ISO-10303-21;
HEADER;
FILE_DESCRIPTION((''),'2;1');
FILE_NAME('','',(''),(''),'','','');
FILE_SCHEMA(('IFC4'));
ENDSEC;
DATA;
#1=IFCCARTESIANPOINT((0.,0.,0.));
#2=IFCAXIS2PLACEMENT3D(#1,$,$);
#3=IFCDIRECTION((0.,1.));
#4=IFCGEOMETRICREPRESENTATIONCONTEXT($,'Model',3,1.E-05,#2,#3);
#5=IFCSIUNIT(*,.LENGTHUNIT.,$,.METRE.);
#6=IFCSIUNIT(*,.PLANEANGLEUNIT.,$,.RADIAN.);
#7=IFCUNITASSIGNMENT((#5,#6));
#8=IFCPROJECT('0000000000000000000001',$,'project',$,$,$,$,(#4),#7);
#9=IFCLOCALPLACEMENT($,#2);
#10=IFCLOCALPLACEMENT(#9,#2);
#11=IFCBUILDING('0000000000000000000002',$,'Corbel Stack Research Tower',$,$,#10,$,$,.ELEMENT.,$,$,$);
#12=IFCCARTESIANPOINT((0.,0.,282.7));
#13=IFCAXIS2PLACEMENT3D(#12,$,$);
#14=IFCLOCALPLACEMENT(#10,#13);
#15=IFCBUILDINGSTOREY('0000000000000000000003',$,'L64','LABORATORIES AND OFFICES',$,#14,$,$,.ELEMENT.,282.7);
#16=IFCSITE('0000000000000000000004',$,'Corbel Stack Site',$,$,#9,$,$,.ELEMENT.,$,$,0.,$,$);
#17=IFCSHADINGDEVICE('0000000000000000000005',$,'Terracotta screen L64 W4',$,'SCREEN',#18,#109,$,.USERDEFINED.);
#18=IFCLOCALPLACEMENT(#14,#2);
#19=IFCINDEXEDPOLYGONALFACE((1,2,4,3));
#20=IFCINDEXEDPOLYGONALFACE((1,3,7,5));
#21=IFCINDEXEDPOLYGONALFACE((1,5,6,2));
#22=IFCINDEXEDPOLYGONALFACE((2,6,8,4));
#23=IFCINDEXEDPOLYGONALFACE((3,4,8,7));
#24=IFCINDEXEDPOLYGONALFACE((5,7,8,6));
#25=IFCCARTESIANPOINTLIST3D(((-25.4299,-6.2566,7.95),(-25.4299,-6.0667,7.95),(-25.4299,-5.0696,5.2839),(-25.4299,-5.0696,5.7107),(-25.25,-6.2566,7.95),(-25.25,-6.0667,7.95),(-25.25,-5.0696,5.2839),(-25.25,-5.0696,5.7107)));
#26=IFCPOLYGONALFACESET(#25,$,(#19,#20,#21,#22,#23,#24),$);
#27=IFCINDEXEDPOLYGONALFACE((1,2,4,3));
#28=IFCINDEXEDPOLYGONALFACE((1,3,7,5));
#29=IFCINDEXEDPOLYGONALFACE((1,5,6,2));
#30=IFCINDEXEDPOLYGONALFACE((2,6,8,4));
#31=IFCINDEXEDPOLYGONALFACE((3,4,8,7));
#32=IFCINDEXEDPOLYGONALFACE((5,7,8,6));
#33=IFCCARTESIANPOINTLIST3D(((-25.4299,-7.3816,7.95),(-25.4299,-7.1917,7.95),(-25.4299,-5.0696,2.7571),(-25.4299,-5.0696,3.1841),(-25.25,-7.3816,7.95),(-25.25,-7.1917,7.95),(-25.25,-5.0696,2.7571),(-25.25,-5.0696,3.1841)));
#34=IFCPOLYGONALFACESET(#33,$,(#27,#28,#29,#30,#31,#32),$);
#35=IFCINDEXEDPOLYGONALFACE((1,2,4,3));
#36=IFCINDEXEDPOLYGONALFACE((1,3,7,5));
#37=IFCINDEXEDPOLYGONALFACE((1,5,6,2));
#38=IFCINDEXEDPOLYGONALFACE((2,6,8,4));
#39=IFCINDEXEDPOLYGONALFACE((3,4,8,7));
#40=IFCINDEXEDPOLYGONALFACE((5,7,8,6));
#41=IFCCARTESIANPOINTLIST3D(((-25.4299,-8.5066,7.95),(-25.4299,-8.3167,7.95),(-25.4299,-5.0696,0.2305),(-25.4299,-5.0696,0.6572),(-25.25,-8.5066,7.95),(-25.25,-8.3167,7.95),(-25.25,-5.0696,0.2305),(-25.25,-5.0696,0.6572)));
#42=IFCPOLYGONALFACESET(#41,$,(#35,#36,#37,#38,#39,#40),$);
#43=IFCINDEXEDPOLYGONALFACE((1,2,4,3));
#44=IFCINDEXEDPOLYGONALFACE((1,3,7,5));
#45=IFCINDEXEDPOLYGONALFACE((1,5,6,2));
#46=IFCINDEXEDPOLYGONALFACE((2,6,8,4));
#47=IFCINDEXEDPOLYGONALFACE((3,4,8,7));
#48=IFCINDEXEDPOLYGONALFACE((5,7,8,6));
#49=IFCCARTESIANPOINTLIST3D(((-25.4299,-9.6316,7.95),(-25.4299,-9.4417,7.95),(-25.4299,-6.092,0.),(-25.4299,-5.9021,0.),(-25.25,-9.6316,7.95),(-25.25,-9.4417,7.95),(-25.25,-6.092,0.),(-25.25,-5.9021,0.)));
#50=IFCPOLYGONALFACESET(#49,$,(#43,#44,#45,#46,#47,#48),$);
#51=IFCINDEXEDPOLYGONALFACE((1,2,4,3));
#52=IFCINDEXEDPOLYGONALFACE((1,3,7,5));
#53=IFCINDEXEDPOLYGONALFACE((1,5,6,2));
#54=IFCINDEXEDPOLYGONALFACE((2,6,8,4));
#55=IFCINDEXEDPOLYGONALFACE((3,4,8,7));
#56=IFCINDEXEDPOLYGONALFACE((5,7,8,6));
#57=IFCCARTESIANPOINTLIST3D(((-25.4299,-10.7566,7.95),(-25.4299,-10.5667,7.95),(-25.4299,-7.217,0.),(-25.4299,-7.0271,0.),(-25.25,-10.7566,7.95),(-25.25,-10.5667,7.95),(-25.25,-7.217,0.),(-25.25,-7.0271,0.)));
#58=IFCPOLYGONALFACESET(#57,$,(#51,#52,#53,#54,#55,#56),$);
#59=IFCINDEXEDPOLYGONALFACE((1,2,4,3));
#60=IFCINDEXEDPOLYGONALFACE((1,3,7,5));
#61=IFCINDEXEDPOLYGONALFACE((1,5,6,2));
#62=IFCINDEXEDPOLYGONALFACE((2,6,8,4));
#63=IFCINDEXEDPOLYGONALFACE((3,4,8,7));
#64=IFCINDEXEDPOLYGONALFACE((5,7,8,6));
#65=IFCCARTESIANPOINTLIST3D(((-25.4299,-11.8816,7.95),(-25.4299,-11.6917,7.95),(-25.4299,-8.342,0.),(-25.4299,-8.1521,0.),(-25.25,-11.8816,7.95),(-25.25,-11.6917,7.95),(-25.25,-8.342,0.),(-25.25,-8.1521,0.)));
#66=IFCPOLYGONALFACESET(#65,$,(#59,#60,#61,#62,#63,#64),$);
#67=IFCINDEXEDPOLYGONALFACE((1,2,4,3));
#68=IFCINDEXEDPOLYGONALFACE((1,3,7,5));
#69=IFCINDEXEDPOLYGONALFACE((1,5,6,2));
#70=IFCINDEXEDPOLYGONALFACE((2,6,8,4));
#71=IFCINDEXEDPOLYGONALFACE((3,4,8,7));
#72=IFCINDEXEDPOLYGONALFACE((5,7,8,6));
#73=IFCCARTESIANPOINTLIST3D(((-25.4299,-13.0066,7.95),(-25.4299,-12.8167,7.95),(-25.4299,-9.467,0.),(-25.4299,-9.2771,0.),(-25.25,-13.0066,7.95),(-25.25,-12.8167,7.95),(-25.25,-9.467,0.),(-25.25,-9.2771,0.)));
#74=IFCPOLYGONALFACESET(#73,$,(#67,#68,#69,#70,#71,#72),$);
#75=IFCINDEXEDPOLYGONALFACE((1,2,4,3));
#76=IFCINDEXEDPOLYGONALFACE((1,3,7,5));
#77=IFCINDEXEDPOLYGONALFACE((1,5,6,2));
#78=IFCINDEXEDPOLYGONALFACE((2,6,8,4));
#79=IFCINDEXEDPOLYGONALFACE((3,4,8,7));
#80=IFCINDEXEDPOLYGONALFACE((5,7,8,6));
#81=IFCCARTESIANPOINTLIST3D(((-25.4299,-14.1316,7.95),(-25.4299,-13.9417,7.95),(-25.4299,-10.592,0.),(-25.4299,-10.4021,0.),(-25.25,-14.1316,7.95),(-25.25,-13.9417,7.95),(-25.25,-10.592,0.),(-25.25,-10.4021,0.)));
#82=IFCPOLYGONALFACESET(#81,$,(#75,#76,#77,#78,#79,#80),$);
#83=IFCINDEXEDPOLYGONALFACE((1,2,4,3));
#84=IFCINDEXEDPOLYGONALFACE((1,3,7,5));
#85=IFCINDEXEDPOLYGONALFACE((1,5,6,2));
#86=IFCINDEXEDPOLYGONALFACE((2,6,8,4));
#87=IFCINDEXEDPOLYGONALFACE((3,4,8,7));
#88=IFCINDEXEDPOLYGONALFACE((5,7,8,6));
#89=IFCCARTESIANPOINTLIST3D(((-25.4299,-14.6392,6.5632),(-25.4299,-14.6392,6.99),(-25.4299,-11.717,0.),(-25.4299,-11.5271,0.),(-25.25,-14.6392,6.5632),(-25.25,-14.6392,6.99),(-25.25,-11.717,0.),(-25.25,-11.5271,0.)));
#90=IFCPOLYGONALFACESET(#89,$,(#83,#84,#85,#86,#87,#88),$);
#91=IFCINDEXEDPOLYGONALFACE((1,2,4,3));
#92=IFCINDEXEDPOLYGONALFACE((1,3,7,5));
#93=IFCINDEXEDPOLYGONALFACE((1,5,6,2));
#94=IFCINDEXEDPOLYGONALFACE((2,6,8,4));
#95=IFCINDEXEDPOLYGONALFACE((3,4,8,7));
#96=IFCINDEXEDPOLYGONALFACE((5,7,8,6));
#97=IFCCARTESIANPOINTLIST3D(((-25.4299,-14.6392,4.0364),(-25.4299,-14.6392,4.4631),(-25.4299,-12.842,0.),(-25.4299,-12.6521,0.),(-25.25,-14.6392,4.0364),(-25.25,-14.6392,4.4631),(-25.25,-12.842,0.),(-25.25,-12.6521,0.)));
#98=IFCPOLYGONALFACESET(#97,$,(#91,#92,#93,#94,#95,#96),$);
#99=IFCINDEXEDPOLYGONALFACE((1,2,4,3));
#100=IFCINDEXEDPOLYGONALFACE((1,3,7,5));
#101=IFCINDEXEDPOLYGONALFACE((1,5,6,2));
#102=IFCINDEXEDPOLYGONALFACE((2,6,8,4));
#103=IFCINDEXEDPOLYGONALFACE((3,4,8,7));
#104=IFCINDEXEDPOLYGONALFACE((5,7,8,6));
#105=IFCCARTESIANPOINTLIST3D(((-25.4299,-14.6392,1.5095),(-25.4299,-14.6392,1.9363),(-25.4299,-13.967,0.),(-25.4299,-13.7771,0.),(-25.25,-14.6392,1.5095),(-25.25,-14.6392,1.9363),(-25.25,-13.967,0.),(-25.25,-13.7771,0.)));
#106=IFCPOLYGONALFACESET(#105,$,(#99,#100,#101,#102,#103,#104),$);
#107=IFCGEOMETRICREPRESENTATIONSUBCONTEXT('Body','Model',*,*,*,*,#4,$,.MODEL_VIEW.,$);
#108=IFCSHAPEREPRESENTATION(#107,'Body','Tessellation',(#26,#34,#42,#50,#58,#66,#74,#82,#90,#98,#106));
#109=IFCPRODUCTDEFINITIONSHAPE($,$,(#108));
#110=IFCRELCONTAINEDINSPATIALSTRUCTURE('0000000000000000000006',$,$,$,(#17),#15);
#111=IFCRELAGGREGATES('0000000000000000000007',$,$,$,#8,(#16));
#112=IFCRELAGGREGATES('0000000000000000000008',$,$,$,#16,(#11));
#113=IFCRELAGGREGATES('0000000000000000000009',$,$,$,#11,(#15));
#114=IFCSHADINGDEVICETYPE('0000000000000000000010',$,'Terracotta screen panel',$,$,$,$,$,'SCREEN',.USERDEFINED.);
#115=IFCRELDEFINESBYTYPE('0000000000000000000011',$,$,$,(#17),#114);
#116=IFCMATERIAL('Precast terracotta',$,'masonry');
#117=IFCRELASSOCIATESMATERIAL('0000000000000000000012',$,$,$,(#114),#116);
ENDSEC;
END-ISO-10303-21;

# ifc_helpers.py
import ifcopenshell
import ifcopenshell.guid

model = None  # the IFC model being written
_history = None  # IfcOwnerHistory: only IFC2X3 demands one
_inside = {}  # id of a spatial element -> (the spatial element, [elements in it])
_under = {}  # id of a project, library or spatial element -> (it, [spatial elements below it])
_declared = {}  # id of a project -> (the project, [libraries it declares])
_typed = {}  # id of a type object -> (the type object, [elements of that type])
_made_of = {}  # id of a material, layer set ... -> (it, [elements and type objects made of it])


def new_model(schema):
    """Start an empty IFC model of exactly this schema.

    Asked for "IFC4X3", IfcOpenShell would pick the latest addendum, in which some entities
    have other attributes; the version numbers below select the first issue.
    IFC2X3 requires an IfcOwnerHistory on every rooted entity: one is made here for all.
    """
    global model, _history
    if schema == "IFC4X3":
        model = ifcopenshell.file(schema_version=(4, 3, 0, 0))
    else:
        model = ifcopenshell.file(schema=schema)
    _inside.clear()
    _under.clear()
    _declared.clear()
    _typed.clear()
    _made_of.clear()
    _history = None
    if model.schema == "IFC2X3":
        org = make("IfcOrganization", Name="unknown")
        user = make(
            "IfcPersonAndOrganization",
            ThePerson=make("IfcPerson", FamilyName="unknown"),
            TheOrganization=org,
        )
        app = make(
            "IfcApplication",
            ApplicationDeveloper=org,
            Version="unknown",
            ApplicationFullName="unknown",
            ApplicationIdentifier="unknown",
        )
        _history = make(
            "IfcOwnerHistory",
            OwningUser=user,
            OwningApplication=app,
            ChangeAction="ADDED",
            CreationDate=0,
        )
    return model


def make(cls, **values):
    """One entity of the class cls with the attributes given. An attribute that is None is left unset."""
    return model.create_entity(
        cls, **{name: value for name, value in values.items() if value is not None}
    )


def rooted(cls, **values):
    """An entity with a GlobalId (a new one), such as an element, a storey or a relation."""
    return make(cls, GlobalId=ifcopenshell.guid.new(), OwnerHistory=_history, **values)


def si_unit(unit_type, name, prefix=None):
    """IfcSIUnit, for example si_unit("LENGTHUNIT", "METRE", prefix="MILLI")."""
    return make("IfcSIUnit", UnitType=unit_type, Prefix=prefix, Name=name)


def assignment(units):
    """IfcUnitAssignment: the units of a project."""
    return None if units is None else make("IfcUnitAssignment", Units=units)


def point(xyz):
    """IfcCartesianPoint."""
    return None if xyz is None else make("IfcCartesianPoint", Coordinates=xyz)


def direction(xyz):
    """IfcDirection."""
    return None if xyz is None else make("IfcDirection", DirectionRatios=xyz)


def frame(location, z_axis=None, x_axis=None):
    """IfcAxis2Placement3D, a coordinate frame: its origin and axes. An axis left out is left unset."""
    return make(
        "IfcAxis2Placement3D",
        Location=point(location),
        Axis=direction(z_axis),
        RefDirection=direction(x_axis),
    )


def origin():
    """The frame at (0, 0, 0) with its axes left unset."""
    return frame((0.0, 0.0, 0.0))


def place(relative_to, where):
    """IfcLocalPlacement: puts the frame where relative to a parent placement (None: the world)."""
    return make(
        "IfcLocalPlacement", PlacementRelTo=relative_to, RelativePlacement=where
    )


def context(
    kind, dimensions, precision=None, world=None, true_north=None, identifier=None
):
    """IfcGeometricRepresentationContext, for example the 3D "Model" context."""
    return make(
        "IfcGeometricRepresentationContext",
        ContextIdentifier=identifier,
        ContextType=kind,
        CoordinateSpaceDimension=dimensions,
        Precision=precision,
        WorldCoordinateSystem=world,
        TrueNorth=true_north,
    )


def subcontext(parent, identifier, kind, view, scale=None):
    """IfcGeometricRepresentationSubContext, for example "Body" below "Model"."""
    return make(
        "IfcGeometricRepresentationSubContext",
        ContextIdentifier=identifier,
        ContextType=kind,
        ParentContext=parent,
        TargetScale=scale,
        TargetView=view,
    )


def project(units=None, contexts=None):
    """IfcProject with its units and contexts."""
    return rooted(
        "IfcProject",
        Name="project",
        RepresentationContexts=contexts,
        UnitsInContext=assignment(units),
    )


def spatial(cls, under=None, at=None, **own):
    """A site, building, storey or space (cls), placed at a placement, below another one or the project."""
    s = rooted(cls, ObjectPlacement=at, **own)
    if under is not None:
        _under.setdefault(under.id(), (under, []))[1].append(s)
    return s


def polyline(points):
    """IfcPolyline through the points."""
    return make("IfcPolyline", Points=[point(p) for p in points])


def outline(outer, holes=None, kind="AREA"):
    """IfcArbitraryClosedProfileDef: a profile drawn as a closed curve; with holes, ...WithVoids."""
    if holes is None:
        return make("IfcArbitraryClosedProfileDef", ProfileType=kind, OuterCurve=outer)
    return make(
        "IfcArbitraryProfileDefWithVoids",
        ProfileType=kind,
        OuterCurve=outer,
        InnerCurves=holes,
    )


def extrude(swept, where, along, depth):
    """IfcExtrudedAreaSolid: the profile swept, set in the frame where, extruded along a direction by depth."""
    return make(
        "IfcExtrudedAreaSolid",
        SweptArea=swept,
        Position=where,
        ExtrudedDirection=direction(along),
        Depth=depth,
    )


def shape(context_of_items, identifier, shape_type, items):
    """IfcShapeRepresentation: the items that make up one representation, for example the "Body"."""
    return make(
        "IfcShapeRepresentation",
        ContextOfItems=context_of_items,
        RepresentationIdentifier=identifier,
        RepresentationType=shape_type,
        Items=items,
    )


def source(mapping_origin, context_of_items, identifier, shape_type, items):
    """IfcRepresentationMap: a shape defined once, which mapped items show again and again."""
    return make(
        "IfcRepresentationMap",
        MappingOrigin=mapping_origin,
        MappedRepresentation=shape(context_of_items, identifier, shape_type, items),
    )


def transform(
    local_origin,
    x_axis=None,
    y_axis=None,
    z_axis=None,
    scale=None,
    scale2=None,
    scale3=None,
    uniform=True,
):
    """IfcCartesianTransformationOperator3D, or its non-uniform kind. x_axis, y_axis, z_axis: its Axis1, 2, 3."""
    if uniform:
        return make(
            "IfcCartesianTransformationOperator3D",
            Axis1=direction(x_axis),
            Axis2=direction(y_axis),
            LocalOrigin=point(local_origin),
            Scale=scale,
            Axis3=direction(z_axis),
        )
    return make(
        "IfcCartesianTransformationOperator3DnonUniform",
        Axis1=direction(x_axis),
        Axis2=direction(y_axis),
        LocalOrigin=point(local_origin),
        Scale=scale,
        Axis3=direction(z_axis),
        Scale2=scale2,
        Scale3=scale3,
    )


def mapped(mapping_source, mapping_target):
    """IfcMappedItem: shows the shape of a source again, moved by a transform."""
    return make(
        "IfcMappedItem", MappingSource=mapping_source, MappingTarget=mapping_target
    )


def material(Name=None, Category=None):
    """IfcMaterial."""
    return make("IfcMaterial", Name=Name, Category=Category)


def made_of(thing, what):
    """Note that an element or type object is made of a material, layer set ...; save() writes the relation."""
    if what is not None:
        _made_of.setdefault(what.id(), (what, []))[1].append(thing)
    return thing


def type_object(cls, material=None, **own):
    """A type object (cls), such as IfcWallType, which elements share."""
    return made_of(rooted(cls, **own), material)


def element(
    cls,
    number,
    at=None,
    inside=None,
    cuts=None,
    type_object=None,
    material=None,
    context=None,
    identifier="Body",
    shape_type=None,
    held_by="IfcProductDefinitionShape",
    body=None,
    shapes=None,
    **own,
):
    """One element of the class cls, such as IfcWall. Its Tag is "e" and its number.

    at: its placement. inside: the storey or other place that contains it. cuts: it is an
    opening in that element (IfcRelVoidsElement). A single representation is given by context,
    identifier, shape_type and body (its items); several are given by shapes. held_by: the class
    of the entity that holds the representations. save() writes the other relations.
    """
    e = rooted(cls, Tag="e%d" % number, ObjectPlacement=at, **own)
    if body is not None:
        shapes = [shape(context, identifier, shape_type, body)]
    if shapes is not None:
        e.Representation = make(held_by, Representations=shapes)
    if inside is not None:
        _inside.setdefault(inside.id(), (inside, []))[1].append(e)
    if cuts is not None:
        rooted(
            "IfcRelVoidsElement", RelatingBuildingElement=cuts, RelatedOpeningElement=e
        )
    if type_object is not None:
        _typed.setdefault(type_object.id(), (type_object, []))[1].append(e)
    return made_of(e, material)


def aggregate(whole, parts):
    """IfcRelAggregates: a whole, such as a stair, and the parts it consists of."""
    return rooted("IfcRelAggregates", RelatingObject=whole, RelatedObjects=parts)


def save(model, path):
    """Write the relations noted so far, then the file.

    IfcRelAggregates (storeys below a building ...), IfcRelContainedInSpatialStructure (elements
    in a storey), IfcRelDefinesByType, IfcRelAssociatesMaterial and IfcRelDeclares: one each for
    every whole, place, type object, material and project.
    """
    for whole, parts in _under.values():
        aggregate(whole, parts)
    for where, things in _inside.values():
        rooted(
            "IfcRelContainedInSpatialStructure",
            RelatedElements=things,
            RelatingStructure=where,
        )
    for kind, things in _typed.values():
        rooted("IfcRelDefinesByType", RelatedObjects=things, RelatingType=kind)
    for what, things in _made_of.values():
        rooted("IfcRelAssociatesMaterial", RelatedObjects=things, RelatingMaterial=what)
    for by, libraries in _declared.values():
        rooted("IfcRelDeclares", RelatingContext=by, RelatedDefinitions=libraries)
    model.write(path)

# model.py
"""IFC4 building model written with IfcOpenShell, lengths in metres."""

from ifc_helpers import new_model, si_unit, direction, frame, origin, place, context, subcontext, project, spatial, polyline, outline, extrude, source, transform, mapped, material, type_object, element, save


model = new_model("IFC4")

# Units and contexts
model_context = context("Model", 3, precision=1e-05, world=origin(), true_north=direction((0.0, 1.0)))
body_context = subcontext(model_context, "Body", "Model", "MODEL_VIEW")
ifc_project = project(units=[si_unit("LENGTHUNIT", "METRE"), si_unit("PLANEANGLEUNIT", "RADIAN")], contexts=[model_context])

# Site, building, storey
site_placement = place(None, origin())
site = spatial("IfcSite", under=ifc_project, at=site_placement, Name="Corbel Stack Site", CompositionType="ELEMENT", RefElevation=0.0)
building_placement = place(site_placement, origin())
building = spatial("IfcBuilding", under=site, at=building_placement, Name="Corbel Stack Research Tower", CompositionType="ELEMENT")
storey_placement = place(building_placement, frame((0.0, 0.0, 282.7)))
storey = spatial("IfcBuildingStorey", under=building, at=storey_placement, Name="L64", Description="LABORATORIES AND OFFICES", CompositionType="ELEMENT", Elevation=282.7)

# Shading device
ifc_material_1 = material(Name="Precast terracotta", Category="masonry")
shading_device_type = type_object("IfcShadingDeviceType", Name="Terracotta screen panel", ElementType="SCREEN", PredefinedType="USERDEFINED", material=ifc_material_1)
shared_shape = source(origin(), body_context, "Body", "SweptSolid", [
    extrude(outline(polyline([(1.187, 7.95), (0.9971, 7.95), (0.0, 5.7107), (0.0, 5.2839), (1.187, 7.95)])), frame((0.0, 0.0, 0.0), z_axis=(0.0, -1.0, 0.0), x_axis=(1.0, 0.0, 0.0)), (0.0, 0.0, 1.0), 0.1799),
    extrude(outline(polyline([(2.312, 7.95), (2.1221, 7.95), (0.0, 3.1841), (0.0, 2.7571), (2.312, 7.95)])), frame((0.0, 0.0, 0.0), z_axis=(0.0, -1.0, 0.0), x_axis=(1.0, 0.0, 0.0)), (0.0, 0.0, 1.0), 0.1799),
    extrude(outline(polyline([(3.437, 7.95), (3.2471, 7.95), (0.0, 0.6572), (0.0, 0.2305), (3.437, 7.95)])), frame((0.0, 0.0, 0.0), z_axis=(0.0, -1.0, 0.0), x_axis=(1.0, 0.0, 0.0)), (0.0, 0.0, 1.0), 0.1799),
    extrude(outline(polyline([(1.0225, 0.0), (4.562, 7.95), (4.3721, 7.95), (0.8325, 0.0), (1.0225, 0.0)])), frame((0.0, 0.0, 0.0), z_axis=(0.0, -1.0, 0.0), x_axis=(1.0, 0.0, 0.0)), (0.0, 0.0, 1.0), 0.1799),
    extrude(outline(polyline([(2.1475, 0.0), (5.687, 7.95), (5.4971, 7.95), (1.9575, 0.0), (2.1475, 0.0)])), frame((0.0, 0.0, 0.0), z_axis=(0.0, -1.0, 0.0), x_axis=(1.0, 0.0, 0.0)), (0.0, 0.0, 1.0), 0.1799),
    extrude(outline(polyline([(3.2725, 0.0), (6.812, 7.95), (6.6221, 7.95), (3.0825, 0.0), (3.2725, 0.0)])), frame((0.0, 0.0, 0.0), z_axis=(0.0, -1.0, 0.0), x_axis=(1.0, 0.0, 0.0)), (0.0, 0.0, 1.0), 0.1799),
    extrude(outline(polyline([(4.3975, 0.0), (7.937, 7.95), (7.7471, 7.95), (4.2075, 0.0), (4.3975, 0.0)])), frame((0.0, 0.0, 0.0), z_axis=(0.0, -1.0, 0.0), x_axis=(1.0, 0.0, 0.0)), (0.0, 0.0, 1.0), 0.1799),
    extrude(outline(polyline([(5.5225, 0.0), (9.062, 7.95), (8.8721, 7.95), (5.3325, 0.0), (5.5225, 0.0)])), frame((0.0, 0.0, 0.0), z_axis=(0.0, -1.0, 0.0), x_axis=(1.0, 0.0, 0.0)), (0.0, 0.0, 1.0), 0.1799),
    extrude(outline(polyline([(6.6475, 0.0), (9.5696, 6.5632), (9.5696, 6.99), (6.4575, 0.0), (6.6475, 0.0)])), frame((0.0, 0.0, 0.0), z_axis=(0.0, -1.0, 0.0), x_axis=(1.0, 0.0, 0.0)), (0.0, 0.0, 1.0), 0.1799),
    extrude(outline(polyline([(7.7725, 0.0), (9.5696, 4.0364), (9.5696, 4.4631), (7.5825, 0.0), (7.7725, 0.0)])), frame((0.0, 0.0, 0.0), z_axis=(0.0, -1.0, 0.0), x_axis=(1.0, 0.0, 0.0)), (0.0, 0.0, 1.0), 0.1799),
    extrude(outline(polyline([(8.8975, 0.0), (9.5696, 1.5095), (9.5696, 1.9363), (8.7075, 0.0), (8.8975, 0.0)])), frame((0.0, 0.0, 0.0), z_axis=(0.0, -1.0, 0.0), x_axis=(1.0, 0.0, 0.0)), (0.0, 0.0, 1.0), 0.1799),
])
shading_device_placement = place(storey_placement, frame((-25.25, -5.0696, 0.0), z_axis=(0.0, 0.0, 1.0), x_axis=(0.0, -1.0, 0.0)))
element("IfcShadingDevice", 1, at=shading_device_placement, inside=storey, type_object=shading_device_type, Name="Terracotta screen L64 W4", ObjectType="SCREEN", PredefinedType="USERDEFINED", context=body_context, shape_type="MappedRepresentation", body=[
    mapped(shared_shape, transform((0.0, 0.0, 0.0))),
])

save(model, "model.ifc")
